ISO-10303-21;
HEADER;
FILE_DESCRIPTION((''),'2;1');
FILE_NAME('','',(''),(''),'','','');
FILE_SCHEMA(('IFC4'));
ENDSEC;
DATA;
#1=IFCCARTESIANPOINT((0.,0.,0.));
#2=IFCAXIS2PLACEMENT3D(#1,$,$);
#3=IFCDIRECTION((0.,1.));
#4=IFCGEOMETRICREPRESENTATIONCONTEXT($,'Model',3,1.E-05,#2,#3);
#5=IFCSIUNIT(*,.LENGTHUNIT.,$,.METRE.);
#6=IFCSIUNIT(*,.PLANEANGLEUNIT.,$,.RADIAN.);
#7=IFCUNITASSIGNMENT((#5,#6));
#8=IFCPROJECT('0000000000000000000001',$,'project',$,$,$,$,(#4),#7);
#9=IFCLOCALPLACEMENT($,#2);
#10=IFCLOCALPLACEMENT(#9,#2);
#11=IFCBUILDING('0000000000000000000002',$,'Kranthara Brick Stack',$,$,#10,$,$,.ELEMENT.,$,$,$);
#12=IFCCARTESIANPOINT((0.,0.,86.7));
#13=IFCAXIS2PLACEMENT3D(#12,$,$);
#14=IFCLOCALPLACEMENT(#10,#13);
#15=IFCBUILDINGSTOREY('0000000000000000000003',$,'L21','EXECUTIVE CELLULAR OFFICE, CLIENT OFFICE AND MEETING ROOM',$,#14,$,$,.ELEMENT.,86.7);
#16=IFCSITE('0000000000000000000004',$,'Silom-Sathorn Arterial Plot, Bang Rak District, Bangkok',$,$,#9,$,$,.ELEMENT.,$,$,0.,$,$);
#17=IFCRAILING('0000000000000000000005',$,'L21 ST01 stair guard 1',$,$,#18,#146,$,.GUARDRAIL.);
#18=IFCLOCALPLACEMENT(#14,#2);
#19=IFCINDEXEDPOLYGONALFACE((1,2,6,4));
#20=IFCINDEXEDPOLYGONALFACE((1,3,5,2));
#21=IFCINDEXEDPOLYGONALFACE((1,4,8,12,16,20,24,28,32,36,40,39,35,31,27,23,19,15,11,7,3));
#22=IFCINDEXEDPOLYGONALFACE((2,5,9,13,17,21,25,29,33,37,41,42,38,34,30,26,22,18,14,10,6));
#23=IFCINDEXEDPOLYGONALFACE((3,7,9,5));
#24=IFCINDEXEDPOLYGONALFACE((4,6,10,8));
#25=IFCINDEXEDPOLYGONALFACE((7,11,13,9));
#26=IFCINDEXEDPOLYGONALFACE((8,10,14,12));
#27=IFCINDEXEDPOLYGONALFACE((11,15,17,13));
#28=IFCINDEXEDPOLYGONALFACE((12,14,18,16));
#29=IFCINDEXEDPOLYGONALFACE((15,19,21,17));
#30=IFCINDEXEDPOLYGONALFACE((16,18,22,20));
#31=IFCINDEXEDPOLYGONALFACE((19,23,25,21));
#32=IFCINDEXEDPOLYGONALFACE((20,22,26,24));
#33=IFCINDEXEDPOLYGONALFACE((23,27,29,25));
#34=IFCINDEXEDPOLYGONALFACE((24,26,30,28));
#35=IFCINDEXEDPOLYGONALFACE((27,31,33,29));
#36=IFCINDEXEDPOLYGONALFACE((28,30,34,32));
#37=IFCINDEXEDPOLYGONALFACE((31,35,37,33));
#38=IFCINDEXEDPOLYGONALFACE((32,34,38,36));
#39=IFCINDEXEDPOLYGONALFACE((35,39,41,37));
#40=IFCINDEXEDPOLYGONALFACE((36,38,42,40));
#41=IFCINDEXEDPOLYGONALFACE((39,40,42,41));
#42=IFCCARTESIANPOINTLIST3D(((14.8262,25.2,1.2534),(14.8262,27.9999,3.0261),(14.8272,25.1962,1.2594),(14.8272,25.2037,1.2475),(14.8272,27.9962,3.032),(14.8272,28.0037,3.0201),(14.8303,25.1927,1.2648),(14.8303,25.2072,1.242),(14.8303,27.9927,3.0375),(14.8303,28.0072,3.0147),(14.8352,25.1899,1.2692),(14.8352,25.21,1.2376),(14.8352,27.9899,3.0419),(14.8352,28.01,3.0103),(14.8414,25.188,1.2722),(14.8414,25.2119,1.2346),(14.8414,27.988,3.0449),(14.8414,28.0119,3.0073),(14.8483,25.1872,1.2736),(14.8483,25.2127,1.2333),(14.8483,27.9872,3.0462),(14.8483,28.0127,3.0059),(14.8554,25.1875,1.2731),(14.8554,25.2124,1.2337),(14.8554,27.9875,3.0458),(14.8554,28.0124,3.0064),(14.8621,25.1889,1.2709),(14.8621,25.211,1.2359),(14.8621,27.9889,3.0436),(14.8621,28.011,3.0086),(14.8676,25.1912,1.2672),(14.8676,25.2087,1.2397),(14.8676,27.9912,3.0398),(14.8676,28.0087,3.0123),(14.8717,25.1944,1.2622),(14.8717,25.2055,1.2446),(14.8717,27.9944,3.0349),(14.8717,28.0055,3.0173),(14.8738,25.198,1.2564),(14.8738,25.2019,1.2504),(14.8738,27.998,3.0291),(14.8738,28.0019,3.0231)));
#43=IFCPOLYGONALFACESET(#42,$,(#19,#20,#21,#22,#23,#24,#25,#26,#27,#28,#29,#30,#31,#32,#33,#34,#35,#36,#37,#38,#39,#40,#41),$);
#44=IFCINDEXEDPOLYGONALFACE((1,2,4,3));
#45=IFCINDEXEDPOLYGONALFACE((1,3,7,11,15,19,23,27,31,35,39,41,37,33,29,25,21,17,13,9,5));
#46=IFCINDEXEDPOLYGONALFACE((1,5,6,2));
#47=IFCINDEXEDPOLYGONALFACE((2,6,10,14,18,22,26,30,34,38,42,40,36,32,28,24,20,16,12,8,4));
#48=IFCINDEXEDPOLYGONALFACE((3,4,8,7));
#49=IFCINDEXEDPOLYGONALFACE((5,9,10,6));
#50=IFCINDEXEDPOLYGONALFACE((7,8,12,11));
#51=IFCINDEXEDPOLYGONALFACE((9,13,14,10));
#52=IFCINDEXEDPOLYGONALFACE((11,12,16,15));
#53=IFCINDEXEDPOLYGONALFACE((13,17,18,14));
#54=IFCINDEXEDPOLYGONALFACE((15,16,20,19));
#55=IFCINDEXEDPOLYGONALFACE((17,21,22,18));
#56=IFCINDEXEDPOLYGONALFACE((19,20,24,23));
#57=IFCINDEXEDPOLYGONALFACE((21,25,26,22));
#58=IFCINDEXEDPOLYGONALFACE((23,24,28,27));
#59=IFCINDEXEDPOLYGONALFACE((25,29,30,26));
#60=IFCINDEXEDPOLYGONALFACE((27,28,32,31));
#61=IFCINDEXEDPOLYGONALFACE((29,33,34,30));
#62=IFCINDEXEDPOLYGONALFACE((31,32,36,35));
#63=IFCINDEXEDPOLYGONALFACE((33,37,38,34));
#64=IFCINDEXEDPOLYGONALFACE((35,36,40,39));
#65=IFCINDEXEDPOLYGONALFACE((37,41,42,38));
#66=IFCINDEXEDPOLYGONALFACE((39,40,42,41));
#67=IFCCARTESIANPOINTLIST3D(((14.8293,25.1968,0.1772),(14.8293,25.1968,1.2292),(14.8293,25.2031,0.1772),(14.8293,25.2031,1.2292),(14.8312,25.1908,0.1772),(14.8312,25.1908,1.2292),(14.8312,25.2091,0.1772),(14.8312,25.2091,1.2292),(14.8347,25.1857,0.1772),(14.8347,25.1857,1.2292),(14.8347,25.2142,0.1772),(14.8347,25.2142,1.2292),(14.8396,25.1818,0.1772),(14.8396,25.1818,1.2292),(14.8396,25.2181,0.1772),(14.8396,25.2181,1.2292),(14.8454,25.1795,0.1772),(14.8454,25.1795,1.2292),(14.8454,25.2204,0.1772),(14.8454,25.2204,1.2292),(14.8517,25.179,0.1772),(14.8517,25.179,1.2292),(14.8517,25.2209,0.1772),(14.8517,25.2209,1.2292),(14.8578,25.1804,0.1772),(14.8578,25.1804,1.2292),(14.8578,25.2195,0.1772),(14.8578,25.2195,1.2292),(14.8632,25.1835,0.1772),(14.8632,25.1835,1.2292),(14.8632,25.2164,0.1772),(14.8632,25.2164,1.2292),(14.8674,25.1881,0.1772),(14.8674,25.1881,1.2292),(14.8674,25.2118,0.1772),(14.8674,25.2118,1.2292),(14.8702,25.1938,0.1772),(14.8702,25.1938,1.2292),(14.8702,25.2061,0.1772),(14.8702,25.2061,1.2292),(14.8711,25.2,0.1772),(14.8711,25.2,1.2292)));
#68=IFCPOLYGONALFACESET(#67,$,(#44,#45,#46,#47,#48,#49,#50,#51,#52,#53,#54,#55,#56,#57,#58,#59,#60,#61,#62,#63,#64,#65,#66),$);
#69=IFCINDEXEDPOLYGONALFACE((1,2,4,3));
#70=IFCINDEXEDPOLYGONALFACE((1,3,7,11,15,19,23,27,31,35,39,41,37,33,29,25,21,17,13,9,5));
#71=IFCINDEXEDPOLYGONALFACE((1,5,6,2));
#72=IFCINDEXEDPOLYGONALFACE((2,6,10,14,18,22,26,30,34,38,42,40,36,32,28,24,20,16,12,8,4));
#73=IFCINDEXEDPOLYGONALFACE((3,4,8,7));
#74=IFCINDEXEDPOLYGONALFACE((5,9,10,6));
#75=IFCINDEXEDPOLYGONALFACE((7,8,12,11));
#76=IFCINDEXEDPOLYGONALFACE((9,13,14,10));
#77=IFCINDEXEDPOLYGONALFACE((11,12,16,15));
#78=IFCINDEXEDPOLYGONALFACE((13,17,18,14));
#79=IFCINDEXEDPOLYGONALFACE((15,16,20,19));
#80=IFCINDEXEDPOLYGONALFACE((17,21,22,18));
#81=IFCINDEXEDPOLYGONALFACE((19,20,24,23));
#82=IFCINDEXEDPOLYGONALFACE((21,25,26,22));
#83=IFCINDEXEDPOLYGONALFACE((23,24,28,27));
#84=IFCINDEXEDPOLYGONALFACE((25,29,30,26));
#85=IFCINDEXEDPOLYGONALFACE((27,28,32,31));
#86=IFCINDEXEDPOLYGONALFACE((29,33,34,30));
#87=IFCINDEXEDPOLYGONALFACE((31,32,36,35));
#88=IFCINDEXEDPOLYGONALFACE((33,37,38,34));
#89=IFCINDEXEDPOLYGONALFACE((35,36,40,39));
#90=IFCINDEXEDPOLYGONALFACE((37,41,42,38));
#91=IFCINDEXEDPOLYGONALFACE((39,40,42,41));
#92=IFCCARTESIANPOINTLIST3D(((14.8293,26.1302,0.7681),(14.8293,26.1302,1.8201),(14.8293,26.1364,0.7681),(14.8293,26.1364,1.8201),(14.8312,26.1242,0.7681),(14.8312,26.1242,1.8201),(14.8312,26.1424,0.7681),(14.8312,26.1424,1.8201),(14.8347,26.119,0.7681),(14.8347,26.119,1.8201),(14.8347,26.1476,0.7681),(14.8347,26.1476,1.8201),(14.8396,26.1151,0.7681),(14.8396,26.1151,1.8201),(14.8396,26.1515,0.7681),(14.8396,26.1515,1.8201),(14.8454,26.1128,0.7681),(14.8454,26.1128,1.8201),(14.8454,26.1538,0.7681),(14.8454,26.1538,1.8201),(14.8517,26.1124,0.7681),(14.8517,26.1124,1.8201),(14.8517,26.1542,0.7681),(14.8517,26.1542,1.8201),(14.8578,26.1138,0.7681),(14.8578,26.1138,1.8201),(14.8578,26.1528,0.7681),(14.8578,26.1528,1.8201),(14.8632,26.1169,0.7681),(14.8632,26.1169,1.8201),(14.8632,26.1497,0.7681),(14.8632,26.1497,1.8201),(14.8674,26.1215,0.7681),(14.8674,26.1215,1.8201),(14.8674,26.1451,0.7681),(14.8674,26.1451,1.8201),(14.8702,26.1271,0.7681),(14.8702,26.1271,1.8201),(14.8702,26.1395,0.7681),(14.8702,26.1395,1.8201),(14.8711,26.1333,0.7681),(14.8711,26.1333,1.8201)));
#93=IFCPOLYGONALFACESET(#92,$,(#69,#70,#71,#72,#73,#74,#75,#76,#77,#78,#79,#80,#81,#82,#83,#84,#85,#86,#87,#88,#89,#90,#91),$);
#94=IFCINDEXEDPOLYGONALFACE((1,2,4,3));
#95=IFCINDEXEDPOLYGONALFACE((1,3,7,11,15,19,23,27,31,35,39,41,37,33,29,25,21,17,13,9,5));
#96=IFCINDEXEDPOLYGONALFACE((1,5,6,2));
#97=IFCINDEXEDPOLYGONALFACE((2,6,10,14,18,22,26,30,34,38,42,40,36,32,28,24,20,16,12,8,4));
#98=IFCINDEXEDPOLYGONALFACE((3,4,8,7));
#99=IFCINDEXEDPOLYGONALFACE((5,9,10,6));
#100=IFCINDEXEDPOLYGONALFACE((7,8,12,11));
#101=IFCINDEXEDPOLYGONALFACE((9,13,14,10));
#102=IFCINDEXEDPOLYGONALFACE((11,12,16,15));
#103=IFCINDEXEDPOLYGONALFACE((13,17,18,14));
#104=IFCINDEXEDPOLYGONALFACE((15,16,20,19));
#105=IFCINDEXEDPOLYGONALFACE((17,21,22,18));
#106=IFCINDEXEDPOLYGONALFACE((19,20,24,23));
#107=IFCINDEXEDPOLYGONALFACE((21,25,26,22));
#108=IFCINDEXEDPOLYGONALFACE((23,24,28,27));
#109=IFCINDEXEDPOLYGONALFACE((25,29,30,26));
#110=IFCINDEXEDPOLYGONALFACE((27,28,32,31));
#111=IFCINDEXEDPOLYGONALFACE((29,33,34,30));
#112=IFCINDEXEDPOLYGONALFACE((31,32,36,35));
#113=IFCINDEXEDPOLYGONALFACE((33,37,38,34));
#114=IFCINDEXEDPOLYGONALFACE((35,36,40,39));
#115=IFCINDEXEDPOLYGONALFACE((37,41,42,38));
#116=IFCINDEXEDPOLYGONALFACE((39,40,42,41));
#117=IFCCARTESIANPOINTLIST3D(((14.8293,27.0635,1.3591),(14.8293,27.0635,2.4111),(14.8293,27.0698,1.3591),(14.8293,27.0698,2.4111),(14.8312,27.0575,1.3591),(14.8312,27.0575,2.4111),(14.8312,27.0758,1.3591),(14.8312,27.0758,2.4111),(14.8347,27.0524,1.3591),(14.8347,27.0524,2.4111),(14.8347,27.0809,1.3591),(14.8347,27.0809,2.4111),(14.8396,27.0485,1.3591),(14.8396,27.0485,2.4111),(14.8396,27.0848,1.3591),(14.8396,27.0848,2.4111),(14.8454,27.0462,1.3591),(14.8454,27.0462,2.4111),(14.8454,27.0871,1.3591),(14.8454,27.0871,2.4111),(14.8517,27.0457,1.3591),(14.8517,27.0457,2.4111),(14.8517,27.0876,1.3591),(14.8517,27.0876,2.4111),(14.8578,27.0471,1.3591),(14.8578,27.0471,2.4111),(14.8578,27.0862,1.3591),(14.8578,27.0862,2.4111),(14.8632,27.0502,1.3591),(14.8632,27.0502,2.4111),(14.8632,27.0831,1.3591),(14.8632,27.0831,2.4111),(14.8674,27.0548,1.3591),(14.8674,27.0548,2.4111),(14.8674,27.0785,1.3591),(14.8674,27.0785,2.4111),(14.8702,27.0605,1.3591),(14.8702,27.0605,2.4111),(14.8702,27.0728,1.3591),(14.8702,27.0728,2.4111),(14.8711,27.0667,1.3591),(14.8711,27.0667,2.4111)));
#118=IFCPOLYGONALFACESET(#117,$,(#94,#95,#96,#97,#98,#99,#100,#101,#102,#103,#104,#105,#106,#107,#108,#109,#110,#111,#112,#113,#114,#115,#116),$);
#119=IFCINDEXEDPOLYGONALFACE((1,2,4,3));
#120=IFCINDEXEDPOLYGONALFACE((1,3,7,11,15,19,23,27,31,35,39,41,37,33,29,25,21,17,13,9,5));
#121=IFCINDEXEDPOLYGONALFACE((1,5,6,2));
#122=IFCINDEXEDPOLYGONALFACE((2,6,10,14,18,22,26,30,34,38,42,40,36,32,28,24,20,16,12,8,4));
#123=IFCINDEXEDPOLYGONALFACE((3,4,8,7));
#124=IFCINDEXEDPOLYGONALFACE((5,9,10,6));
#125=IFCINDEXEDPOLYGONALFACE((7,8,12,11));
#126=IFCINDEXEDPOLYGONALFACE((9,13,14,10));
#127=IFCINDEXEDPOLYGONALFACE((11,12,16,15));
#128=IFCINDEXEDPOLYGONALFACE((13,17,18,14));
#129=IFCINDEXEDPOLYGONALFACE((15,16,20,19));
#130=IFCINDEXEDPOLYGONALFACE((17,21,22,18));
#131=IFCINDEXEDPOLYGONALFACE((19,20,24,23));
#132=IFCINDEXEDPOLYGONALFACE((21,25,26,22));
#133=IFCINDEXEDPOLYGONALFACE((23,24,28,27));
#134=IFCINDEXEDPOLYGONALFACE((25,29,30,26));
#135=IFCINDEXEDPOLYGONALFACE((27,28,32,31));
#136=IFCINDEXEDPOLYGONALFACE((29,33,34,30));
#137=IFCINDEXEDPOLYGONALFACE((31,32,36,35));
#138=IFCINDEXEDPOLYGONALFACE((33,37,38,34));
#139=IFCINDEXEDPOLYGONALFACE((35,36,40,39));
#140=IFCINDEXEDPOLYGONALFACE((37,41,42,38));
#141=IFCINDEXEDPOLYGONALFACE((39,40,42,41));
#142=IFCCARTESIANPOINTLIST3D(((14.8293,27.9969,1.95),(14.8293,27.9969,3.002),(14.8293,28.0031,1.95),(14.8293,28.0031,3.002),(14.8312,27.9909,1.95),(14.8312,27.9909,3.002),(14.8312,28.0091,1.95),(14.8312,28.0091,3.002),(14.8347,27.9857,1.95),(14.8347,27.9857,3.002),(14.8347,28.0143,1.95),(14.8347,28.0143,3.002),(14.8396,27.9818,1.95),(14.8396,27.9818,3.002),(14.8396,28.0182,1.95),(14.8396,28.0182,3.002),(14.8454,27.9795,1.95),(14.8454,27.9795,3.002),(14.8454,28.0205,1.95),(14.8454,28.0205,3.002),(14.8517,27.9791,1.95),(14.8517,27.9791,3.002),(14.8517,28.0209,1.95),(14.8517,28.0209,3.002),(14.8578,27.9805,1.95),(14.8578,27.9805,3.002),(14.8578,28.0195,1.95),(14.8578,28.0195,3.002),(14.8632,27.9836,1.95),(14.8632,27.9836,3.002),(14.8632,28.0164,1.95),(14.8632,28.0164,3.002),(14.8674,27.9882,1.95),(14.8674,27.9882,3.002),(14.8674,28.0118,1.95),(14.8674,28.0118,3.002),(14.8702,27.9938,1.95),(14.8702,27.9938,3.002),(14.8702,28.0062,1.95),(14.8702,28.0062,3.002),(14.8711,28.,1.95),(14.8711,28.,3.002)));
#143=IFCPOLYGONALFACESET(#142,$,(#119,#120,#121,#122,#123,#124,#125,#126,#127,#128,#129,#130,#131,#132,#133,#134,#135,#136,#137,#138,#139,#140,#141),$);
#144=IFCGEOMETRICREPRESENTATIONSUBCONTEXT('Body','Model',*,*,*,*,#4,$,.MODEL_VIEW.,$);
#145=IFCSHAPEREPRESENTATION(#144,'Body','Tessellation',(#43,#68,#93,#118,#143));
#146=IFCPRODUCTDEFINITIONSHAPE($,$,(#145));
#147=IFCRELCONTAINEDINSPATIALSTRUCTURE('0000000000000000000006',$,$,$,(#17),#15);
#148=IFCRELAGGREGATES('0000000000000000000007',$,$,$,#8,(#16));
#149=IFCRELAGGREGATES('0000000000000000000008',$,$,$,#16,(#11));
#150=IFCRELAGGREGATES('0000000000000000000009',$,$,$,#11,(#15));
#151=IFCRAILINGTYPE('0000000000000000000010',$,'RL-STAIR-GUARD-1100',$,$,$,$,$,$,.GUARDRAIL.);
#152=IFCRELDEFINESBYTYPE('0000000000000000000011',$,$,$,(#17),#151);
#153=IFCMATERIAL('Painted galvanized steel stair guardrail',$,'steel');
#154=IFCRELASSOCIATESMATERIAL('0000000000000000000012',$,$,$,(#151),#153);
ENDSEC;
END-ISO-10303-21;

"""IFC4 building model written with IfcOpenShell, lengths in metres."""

from ifc_helpers import new_model, si_unit, direction, frame, origin, origin_2d, place, context, subcontext, project, spatial, circle, extrude, material, type_object, element, save


model = new_model("IFC4")

# Units and contexts
model_context = context("Model", 3, precision=1e-05, world=origin(), true_north=direction((0.0, 1.0)))
body_context = subcontext(model_context, "Body", "Model", "MODEL_VIEW")
ifc_project = project(units=[si_unit("LENGTHUNIT", "METRE"), si_unit("PLANEANGLEUNIT", "RADIAN")], contexts=[model_context])

# Site, building, storey
site_placement = place(None, origin())
site = spatial("IfcSite", under=ifc_project, at=site_placement, Name="Silom-Sathorn Arterial Plot, Bang Rak District, Bangkok", CompositionType="ELEMENT", RefElevation=0.0)
building_placement = place(site_placement, origin())
building = spatial("IfcBuilding", under=site, at=building_placement, Name="Kranthara Brick Stack", CompositionType="ELEMENT")
storey_placement = place(building_placement, frame((0.0, 0.0, 86.7)))
storey = spatial("IfcBuildingStorey", under=building, at=storey_placement, Name="L21", Description="EXECUTIVE CELLULAR OFFICE, CLIENT OFFICE AND MEETING ROOM", CompositionType="ELEMENT", Elevation=86.7)

# Railing
ifc_material_1 = material(Name="Painted galvanized steel stair guardrail", Category="steel")
railing_type_1 = type_object("IfcRailingType", Name="RL-STAIR-GUARD-1100", PredefinedType="GUARDRAIL", material=ifc_material_1)
railing_1_placement = place(storey_placement, frame((14.8501, 25.2, 0.1772)))
element("IfcRailing", 1, at=railing_1_placement, inside=storey, type_object=railing_type_1, Name="L21 ST01 stair guard 1", PredefinedType="GUARDRAIL", context=body_context, shape_type="SweptSolid", body=[
    extrude(circle(Radius=0.0239, at=origin_2d()), frame((0.0, 0.0, 1.0762), z_axis=(0.0, 0.844909, 0.53491), x_axis=(-1.0, 0.0, 0.0)), (0.0, 0.0, 1.0), 3.314),
    extrude(circle(Radius=0.021, at=origin_2d()), origin(), (0.0, 0.0, 1.0), 1.052),
    extrude(circle(Radius=0.021, at=origin_2d()), frame((0.0, 0.9333, 0.5908)), (0.0, 0.0, 1.0), 1.052),
    extrude(circle(Radius=0.021, at=origin_2d()), frame((0.0, 1.8667, 1.1819)), (0.0, 0.0, 1.0), 1.052),
    extrude(circle(Radius=0.021, at=origin_2d()), frame((0.0, 2.8, 1.7727)), (0.0, 0.0, 1.0), 1.052),
])

save(model, "model.ifc")
